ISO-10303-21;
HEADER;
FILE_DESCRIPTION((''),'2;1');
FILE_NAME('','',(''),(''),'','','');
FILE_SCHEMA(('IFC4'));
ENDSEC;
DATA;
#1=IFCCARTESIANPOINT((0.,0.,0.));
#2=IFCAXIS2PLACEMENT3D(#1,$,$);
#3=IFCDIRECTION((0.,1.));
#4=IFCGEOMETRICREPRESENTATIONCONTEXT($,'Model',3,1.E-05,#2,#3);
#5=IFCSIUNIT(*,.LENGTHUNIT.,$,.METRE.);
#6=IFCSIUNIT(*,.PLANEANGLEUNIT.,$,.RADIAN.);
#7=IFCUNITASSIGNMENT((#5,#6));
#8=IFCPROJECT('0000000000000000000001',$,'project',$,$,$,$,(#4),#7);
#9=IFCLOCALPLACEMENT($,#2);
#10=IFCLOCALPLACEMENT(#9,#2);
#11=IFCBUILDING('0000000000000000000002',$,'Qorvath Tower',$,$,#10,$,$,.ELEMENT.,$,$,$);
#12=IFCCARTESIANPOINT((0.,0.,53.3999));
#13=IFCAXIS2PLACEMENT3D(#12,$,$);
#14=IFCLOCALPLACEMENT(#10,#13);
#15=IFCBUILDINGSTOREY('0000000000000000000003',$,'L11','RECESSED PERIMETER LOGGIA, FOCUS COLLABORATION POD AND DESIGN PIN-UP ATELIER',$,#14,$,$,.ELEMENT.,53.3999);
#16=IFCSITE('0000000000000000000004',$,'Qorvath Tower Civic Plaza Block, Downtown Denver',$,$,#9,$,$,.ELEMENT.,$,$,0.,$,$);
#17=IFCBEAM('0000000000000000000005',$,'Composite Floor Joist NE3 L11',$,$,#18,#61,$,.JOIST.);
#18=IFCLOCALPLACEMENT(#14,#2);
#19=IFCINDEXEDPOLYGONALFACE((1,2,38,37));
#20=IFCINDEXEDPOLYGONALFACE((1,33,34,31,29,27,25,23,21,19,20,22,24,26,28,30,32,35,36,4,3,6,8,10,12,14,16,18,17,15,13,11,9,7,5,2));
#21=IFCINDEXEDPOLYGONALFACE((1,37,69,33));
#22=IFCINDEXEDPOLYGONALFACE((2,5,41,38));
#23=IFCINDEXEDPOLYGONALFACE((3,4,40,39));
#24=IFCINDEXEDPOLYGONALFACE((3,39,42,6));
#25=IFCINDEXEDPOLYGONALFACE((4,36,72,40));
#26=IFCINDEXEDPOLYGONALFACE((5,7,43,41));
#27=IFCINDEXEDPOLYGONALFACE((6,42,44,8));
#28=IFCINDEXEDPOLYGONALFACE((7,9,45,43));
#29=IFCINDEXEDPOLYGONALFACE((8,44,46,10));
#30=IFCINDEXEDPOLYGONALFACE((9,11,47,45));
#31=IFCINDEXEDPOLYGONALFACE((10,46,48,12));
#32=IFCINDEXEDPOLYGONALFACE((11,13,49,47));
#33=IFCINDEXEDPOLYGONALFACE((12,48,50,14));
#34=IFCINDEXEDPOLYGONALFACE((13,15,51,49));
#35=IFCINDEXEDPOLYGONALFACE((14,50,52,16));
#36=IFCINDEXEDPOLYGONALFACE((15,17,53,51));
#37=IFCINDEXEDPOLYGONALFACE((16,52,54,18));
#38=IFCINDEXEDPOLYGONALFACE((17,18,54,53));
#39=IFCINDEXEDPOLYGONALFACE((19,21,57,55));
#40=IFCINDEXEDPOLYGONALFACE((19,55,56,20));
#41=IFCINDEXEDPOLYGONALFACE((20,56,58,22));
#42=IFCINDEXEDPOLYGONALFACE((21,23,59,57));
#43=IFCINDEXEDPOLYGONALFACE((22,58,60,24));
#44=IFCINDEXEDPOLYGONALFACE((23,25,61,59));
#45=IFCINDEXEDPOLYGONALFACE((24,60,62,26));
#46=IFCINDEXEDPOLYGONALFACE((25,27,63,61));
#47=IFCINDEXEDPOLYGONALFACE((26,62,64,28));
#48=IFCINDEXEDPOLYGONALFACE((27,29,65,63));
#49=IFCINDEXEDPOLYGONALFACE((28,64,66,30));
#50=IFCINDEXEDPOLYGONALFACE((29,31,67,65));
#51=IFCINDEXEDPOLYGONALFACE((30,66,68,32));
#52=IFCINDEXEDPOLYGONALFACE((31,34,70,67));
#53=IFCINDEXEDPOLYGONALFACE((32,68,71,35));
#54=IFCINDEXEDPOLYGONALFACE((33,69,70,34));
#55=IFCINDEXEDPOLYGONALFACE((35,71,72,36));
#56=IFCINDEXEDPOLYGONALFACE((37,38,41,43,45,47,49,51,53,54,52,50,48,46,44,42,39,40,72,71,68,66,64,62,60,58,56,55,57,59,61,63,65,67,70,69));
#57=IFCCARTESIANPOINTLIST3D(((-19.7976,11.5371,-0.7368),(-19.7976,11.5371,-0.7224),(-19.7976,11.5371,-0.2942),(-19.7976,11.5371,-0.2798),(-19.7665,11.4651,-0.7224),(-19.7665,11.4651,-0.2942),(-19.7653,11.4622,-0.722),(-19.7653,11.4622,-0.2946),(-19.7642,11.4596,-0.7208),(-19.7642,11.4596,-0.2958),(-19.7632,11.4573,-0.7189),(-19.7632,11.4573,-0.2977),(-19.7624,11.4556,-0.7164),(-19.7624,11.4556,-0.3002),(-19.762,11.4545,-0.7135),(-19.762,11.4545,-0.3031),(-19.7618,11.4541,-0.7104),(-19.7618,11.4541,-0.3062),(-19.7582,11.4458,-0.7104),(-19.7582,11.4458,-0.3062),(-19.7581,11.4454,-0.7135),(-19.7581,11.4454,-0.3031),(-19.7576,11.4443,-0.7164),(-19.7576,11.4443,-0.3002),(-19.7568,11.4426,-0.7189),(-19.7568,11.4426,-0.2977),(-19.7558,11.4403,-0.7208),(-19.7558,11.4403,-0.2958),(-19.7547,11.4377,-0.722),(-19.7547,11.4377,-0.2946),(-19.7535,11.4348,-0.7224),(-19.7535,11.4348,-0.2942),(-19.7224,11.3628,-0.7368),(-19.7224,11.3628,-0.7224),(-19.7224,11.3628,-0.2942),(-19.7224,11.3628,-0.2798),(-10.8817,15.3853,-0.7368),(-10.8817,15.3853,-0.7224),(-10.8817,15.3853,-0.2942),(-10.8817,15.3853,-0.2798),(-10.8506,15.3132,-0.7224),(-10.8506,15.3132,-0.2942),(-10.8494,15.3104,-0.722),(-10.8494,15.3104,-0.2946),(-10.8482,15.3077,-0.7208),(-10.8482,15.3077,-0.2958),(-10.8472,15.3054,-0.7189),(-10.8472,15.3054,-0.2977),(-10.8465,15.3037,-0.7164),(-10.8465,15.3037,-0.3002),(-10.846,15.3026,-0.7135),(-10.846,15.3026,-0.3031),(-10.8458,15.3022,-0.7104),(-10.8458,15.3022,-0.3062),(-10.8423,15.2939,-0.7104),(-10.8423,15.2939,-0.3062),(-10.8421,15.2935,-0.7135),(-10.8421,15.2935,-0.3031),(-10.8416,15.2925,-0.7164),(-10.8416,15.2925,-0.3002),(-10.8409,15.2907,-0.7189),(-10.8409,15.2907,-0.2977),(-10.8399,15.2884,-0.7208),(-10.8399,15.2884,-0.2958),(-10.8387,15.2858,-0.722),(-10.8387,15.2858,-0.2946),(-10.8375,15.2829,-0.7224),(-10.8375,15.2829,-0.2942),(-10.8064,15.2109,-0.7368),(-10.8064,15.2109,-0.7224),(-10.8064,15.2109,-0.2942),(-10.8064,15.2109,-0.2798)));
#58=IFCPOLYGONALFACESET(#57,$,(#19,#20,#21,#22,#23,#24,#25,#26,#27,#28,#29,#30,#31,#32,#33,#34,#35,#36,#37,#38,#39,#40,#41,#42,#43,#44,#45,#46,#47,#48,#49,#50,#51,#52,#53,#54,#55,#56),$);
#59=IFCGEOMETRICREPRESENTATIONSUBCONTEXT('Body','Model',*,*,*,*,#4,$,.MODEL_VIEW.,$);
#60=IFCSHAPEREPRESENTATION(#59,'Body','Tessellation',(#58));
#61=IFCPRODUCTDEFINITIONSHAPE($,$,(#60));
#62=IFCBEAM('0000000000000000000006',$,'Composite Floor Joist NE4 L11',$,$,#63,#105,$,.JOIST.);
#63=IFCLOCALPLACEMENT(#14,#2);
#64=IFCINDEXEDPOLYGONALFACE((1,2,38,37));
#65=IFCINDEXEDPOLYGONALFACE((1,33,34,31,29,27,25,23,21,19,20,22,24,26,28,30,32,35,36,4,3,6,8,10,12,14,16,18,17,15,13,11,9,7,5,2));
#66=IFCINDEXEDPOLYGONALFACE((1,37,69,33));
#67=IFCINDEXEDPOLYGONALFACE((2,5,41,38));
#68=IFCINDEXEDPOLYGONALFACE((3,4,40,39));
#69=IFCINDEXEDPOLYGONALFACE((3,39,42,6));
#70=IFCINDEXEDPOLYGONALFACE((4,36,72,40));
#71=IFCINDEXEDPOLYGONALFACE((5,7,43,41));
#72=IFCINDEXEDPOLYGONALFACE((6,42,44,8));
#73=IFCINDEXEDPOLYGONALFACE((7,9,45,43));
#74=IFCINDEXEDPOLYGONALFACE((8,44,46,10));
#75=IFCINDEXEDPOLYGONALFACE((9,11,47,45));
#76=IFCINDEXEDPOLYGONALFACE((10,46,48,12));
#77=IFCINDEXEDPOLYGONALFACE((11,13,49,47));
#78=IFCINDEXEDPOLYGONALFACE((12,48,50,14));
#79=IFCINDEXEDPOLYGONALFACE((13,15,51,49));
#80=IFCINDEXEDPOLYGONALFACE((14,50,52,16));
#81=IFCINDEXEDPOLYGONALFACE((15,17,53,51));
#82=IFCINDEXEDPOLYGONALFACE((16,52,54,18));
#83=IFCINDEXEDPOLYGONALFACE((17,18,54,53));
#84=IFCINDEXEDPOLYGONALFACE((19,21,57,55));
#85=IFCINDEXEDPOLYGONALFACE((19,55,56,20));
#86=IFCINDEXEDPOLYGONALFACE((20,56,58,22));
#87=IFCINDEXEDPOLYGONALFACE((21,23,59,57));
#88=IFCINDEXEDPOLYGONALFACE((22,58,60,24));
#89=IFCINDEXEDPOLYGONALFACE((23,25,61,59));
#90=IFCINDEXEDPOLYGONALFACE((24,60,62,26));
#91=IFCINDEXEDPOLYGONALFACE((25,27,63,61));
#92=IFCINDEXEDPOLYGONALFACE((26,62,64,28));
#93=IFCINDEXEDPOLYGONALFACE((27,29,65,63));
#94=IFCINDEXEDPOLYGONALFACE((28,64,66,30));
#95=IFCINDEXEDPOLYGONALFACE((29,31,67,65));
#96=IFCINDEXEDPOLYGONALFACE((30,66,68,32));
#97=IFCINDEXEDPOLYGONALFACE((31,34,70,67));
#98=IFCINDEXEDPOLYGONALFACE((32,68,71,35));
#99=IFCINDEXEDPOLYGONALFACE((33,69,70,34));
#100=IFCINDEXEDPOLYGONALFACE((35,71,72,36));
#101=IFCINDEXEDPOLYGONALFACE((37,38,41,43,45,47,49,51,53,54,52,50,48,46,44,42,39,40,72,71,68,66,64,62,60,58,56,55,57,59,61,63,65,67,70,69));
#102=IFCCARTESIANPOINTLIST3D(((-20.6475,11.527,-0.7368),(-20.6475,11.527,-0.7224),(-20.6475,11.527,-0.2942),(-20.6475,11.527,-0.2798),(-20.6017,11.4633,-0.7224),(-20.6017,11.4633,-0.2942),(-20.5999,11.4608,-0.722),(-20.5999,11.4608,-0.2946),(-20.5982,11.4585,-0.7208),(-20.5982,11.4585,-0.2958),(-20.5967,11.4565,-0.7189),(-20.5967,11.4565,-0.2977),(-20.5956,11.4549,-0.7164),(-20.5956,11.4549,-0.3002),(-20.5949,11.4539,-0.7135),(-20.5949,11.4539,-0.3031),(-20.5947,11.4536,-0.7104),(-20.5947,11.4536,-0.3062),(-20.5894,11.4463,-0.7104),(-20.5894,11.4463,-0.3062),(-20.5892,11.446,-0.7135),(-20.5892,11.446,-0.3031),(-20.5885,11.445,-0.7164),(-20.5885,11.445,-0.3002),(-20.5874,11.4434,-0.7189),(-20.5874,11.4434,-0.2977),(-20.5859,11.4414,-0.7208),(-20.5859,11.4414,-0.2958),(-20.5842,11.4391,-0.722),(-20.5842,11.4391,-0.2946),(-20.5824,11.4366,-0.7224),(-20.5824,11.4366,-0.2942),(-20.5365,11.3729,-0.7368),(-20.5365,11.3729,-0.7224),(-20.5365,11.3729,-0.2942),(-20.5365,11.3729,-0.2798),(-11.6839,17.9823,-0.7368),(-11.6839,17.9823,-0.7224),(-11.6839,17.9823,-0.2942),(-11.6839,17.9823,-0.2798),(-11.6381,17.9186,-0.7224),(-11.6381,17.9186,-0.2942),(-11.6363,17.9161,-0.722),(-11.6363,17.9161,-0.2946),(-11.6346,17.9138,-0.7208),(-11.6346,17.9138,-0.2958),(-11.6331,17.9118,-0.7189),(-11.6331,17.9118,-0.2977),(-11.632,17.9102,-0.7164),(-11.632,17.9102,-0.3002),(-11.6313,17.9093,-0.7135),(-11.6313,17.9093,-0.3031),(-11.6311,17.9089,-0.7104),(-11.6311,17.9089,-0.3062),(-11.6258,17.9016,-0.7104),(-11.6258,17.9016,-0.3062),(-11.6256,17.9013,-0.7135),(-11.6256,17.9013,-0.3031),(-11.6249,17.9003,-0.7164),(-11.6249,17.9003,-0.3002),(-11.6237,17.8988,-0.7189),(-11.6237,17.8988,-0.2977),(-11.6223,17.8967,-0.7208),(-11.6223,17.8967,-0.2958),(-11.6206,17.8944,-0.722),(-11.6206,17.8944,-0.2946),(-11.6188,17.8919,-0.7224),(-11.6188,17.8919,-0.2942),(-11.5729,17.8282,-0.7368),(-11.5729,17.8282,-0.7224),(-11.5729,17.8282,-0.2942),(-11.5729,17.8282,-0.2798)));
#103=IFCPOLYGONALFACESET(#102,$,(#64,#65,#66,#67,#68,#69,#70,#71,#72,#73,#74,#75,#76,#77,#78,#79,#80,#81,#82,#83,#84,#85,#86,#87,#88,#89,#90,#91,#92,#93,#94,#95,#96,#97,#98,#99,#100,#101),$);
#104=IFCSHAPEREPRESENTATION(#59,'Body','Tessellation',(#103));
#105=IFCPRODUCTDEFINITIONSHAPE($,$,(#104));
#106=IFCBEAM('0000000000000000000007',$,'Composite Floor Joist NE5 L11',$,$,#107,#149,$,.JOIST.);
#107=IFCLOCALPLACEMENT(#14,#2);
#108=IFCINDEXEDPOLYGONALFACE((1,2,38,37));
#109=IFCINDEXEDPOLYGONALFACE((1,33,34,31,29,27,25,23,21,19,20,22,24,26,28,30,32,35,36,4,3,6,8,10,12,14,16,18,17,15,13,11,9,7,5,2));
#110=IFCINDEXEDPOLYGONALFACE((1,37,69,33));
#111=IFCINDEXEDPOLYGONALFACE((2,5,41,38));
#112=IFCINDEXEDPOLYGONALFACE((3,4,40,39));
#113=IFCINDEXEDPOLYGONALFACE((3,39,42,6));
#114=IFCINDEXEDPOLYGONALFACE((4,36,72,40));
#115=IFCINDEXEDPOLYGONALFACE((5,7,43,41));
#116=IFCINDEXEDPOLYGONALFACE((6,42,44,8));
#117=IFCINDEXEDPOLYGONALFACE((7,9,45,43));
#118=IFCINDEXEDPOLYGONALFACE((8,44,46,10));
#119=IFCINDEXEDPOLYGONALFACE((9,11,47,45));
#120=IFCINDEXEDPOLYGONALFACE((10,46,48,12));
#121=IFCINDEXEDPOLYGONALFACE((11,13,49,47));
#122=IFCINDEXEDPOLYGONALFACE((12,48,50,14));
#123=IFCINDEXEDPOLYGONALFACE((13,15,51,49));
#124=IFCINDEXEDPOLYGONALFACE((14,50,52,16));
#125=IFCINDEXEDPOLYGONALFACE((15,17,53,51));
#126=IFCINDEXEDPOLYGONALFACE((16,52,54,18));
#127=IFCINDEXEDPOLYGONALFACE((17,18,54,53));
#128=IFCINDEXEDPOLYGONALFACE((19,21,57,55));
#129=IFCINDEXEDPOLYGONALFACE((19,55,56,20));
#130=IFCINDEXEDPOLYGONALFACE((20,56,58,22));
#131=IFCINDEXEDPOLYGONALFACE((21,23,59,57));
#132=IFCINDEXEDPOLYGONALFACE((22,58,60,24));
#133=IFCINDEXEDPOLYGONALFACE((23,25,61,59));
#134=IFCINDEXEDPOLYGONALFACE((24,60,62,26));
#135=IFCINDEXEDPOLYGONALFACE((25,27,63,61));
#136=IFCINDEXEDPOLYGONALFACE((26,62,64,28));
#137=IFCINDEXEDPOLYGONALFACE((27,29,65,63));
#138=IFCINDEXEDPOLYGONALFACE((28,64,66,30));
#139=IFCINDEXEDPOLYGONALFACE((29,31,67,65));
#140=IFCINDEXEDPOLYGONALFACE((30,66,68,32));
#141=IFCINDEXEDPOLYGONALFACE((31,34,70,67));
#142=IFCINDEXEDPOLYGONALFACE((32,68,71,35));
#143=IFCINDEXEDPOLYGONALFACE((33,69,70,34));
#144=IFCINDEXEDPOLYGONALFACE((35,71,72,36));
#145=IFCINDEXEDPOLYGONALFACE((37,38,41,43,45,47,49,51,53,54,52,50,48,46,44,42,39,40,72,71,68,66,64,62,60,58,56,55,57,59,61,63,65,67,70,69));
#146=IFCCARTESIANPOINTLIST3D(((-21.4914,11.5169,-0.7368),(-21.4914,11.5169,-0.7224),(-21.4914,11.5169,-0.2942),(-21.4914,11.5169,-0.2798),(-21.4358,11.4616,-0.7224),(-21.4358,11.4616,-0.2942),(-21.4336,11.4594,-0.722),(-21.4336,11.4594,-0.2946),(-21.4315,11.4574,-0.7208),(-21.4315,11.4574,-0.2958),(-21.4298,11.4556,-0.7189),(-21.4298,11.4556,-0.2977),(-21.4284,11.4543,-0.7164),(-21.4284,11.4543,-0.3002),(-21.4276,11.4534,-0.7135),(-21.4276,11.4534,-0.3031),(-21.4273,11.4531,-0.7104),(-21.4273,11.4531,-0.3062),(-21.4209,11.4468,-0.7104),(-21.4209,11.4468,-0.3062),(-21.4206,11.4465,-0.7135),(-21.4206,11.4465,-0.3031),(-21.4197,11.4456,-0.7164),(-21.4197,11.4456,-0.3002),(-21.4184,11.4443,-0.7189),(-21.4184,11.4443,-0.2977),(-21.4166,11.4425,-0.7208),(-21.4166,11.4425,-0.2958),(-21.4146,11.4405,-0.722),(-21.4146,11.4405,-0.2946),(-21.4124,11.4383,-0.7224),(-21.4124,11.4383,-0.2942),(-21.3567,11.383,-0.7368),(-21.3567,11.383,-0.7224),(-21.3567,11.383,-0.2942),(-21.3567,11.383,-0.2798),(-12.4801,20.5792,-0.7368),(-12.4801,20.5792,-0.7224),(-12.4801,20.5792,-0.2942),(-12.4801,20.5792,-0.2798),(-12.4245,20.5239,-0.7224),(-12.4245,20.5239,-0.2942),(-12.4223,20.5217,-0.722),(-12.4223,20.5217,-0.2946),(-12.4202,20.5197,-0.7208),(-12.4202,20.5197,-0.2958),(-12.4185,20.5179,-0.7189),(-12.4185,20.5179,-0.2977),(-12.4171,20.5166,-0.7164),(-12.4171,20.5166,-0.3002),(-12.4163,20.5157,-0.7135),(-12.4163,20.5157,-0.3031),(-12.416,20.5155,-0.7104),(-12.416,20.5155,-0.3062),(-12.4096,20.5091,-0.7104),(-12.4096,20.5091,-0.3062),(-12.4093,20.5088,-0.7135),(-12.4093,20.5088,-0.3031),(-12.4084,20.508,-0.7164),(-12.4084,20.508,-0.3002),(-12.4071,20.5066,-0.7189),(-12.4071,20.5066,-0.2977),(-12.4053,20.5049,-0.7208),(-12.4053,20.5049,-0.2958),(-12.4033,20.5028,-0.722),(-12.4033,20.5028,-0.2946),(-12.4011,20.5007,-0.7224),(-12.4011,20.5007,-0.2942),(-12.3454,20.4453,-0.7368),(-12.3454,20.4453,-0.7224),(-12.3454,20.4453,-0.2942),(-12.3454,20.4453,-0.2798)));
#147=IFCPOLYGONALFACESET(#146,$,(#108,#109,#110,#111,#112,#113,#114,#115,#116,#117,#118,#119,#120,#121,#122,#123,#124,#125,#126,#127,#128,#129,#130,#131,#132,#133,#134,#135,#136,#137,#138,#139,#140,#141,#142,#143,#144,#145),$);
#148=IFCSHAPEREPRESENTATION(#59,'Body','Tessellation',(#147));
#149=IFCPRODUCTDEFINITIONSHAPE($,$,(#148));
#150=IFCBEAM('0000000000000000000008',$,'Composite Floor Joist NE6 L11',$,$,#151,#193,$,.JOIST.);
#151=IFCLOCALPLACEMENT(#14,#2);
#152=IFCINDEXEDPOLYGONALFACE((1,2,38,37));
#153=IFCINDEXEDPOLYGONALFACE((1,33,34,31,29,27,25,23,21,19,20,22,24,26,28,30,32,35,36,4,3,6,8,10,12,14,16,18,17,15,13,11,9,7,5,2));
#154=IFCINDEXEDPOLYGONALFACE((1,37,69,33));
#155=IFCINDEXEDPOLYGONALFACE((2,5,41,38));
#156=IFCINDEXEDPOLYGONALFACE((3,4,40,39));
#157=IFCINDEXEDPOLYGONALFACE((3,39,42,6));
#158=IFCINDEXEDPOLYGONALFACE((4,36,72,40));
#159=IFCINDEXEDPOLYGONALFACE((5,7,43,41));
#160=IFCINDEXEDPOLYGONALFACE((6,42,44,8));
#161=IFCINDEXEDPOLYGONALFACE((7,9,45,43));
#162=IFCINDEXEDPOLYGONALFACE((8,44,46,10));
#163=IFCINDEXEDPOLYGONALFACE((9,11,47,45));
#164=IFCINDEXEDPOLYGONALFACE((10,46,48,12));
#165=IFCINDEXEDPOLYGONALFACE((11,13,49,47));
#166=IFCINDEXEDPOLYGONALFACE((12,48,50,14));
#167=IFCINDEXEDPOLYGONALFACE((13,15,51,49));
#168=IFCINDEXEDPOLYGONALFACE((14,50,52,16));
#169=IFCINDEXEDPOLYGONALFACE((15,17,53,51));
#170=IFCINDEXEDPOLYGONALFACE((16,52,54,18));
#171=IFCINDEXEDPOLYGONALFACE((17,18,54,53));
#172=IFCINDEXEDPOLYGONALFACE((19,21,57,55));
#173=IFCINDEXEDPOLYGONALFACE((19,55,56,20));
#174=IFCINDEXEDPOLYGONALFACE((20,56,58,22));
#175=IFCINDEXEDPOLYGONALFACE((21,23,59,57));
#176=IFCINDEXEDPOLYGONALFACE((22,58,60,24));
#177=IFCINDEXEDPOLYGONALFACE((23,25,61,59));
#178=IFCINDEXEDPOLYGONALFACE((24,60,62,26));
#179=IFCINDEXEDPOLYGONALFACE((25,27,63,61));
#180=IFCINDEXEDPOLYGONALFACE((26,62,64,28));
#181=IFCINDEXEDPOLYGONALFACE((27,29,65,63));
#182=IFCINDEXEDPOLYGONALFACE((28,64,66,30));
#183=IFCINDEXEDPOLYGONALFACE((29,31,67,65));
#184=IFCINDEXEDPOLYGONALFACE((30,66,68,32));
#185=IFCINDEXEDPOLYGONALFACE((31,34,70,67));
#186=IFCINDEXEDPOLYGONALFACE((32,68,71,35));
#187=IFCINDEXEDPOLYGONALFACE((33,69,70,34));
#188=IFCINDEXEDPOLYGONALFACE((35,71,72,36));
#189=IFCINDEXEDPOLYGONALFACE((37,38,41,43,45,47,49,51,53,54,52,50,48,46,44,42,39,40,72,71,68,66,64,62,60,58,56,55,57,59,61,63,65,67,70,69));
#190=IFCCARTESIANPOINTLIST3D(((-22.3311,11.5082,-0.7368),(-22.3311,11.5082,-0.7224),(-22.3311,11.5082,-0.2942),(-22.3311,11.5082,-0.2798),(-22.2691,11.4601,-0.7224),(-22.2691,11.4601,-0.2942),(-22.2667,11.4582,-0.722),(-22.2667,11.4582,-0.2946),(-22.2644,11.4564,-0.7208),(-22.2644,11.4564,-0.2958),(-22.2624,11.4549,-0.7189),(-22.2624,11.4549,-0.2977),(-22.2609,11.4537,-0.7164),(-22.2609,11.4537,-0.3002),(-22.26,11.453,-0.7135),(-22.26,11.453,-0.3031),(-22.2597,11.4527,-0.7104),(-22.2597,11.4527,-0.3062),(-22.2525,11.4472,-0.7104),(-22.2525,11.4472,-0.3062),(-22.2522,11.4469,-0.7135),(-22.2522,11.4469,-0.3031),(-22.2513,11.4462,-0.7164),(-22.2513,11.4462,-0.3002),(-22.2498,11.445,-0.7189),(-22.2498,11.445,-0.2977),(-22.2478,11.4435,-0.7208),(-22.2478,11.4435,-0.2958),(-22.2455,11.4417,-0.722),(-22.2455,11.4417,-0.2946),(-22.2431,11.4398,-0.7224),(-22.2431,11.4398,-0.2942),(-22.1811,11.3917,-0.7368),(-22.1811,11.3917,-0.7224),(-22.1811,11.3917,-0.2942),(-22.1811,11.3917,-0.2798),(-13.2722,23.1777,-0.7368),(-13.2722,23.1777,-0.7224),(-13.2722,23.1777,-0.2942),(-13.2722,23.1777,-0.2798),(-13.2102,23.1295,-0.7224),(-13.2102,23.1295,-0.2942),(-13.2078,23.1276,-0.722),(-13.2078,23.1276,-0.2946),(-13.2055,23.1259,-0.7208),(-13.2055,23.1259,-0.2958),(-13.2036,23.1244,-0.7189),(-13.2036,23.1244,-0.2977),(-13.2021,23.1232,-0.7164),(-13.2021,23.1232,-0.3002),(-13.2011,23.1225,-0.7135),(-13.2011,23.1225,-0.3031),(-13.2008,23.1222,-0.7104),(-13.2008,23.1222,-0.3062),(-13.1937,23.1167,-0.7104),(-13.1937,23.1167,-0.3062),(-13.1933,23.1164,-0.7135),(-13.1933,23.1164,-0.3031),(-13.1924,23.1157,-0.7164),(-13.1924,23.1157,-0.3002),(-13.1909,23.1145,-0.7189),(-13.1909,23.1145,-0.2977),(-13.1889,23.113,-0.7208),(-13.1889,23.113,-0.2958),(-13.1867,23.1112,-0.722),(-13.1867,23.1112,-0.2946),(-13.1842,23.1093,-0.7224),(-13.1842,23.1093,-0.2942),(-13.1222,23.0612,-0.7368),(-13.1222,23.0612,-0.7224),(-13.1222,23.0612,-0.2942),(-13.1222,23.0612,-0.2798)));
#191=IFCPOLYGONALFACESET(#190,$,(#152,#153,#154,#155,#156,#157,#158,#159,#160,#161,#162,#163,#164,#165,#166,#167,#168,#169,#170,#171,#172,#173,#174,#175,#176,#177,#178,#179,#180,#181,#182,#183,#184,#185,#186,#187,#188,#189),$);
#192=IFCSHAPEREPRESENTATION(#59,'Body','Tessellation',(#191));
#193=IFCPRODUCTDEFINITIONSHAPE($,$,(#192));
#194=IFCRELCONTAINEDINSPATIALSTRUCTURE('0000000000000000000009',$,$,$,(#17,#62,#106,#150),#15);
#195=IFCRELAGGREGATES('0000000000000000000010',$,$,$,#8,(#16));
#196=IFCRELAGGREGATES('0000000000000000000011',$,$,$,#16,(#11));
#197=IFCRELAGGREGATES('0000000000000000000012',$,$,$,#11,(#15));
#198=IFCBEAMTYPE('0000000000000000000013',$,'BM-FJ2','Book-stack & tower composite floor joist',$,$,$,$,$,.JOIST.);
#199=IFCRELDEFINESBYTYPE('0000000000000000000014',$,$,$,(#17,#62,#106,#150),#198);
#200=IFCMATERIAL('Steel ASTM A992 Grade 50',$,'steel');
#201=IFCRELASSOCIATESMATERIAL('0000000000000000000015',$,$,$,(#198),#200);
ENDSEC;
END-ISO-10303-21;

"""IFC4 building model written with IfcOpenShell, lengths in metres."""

from ifc_helpers import new_model, si_unit, direction, frame, origin, origin_2d, place, context, subcontext, project, spatial, i_section, extrude, material, material_profile, profile_set, type_object, element, save


model = new_model("IFC4")

# Units and contexts
model_context = context("Model", 3, precision=1e-05, world=origin(), true_north=direction((0.0, 1.0)))
body_context = subcontext(model_context, "Body", "Model", "MODEL_VIEW")
ifc_project = project(units=[si_unit("LENGTHUNIT", "METRE"), si_unit("PLANEANGLEUNIT", "RADIAN")], contexts=[model_context])

# Site, building, storey
site_placement = place(None, origin())
site = spatial("IfcSite", under=ifc_project, at=site_placement, Name="Qorvath Tower Civic Plaza Block, Downtown Denver", CompositionType="ELEMENT", RefElevation=0.0)
building_placement = place(site_placement, origin())
building = spatial("IfcBuilding", under=site, at=building_placement, Name="Qorvath Tower", CompositionType="ELEMENT")
storey_placement = place(building_placement, frame((0.0, 0.0, 53.3999)))
storey = spatial("IfcBuildingStorey", under=building, at=storey_placement, Name="L11", Description="RECESSED PERIMETER LOGGIA, FOCUS COLLABORATION POD AND DESIGN PIN-UP ATELIER", CompositionType="ELEMENT", Elevation=53.3999)

# Beams
ifc_material_1 = material(Name="Steel ASTM A992 Grade 50", Category="steel")
ifc_material_profile_1 = material_profile(ifc_material_1, i_section(OverallWidth=0.1899, OverallDepth=0.457, WebThickness=0.009, FlangeThickness=0.0144, FilletRadius=0.012, at=origin_2d()), Name="W18x50")
ifc_profile_set_1 = profile_set([ifc_material_profile_1], Name="Steel ASTM A992 Grade 50")
beam_type_1 = type_object("IfcBeamType", Name="BM-FJ2", Description="Book-stack & tower composite floor joist", PredefinedType="JOIST", material=ifc_profile_set_1)
beam_1_placement = place(storey_placement, frame((-19.76, 11.45, -0.5083), z_axis=(0.918136, 0.396266, 0.0), x_axis=(-0.396266, 0.918136, 0.0)))
element("IfcBeam", 1, at=beam_1_placement, inside=storey, type_object=beam_type_1, Name="Composite Floor Joist NE3 L11", PredefinedType="JOIST", context=body_context, shape_type="SweptSolid", body=[
    extrude(i_section(OverallWidth=0.1899, OverallDepth=0.457, WebThickness=0.009, FlangeThickness=0.0144, FilletRadius=0.012, at=origin_2d()), origin(), (0.0, 0.0, 1.0), 9.7109),
])
beam_2_placement = place(storey_placement, frame((-20.592, 11.45, -0.5083), z_axis=(0.811469, 0.584395, 0.0), x_axis=(-0.584395, 0.811469, 0.0)))
element("IfcBeam", 2, at=beam_2_placement, inside=storey, type_object=beam_type_1, Name="Composite Floor Joist NE4 L11", PredefinedType="JOIST", context=body_context, shape_type="SweptSolid", body=[
    extrude(i_section(OverallWidth=0.1899, OverallDepth=0.457, WebThickness=0.009, FlangeThickness=0.0144, FilletRadius=0.012, at=origin_2d()), origin(), (0.0, 0.0, 1.0), 11.0461),
])
beam_3_placement = place(storey_placement, frame((-21.4241, 11.45, -0.5083), z_axis=(0.705108, 0.7091, 0.0), x_axis=(-0.7091, 0.705108, 0.0)))
element("IfcBeam", 3, at=beam_3_placement, inside=storey, type_object=beam_type_1, Name="Composite Floor Joist NE5 L11", PredefinedType="JOIST", context=body_context, shape_type="SweptSolid", body=[
    extrude(i_section(OverallWidth=0.1899, OverallDepth=0.457, WebThickness=0.009, FlangeThickness=0.0144, FilletRadius=0.012, at=origin_2d()), origin(), (0.0, 0.0, 1.0), 12.78),
])
beam_4_placement = place(storey_placement, frame((-22.2561, 11.45, -0.5083), z_axis=(0.613207, 0.789922, 0.0), x_axis=(-0.789922, 0.613207, 0.0)))
element("IfcBeam", 4, at=beam_4_placement, inside=storey, type_object=beam_type_1, Name="Composite Floor Joist NE6 L11", PredefinedType="JOIST", context=body_context, shape_type="SweptSolid", body=[
    extrude(i_section(OverallWidth=0.1899, OverallDepth=0.457, WebThickness=0.009, FlangeThickness=0.0144, FilletRadius=0.012, at=origin_2d()), origin(), (0.0, 0.0, 1.0), 14.7729),
])

save(model, "model.ifc")
